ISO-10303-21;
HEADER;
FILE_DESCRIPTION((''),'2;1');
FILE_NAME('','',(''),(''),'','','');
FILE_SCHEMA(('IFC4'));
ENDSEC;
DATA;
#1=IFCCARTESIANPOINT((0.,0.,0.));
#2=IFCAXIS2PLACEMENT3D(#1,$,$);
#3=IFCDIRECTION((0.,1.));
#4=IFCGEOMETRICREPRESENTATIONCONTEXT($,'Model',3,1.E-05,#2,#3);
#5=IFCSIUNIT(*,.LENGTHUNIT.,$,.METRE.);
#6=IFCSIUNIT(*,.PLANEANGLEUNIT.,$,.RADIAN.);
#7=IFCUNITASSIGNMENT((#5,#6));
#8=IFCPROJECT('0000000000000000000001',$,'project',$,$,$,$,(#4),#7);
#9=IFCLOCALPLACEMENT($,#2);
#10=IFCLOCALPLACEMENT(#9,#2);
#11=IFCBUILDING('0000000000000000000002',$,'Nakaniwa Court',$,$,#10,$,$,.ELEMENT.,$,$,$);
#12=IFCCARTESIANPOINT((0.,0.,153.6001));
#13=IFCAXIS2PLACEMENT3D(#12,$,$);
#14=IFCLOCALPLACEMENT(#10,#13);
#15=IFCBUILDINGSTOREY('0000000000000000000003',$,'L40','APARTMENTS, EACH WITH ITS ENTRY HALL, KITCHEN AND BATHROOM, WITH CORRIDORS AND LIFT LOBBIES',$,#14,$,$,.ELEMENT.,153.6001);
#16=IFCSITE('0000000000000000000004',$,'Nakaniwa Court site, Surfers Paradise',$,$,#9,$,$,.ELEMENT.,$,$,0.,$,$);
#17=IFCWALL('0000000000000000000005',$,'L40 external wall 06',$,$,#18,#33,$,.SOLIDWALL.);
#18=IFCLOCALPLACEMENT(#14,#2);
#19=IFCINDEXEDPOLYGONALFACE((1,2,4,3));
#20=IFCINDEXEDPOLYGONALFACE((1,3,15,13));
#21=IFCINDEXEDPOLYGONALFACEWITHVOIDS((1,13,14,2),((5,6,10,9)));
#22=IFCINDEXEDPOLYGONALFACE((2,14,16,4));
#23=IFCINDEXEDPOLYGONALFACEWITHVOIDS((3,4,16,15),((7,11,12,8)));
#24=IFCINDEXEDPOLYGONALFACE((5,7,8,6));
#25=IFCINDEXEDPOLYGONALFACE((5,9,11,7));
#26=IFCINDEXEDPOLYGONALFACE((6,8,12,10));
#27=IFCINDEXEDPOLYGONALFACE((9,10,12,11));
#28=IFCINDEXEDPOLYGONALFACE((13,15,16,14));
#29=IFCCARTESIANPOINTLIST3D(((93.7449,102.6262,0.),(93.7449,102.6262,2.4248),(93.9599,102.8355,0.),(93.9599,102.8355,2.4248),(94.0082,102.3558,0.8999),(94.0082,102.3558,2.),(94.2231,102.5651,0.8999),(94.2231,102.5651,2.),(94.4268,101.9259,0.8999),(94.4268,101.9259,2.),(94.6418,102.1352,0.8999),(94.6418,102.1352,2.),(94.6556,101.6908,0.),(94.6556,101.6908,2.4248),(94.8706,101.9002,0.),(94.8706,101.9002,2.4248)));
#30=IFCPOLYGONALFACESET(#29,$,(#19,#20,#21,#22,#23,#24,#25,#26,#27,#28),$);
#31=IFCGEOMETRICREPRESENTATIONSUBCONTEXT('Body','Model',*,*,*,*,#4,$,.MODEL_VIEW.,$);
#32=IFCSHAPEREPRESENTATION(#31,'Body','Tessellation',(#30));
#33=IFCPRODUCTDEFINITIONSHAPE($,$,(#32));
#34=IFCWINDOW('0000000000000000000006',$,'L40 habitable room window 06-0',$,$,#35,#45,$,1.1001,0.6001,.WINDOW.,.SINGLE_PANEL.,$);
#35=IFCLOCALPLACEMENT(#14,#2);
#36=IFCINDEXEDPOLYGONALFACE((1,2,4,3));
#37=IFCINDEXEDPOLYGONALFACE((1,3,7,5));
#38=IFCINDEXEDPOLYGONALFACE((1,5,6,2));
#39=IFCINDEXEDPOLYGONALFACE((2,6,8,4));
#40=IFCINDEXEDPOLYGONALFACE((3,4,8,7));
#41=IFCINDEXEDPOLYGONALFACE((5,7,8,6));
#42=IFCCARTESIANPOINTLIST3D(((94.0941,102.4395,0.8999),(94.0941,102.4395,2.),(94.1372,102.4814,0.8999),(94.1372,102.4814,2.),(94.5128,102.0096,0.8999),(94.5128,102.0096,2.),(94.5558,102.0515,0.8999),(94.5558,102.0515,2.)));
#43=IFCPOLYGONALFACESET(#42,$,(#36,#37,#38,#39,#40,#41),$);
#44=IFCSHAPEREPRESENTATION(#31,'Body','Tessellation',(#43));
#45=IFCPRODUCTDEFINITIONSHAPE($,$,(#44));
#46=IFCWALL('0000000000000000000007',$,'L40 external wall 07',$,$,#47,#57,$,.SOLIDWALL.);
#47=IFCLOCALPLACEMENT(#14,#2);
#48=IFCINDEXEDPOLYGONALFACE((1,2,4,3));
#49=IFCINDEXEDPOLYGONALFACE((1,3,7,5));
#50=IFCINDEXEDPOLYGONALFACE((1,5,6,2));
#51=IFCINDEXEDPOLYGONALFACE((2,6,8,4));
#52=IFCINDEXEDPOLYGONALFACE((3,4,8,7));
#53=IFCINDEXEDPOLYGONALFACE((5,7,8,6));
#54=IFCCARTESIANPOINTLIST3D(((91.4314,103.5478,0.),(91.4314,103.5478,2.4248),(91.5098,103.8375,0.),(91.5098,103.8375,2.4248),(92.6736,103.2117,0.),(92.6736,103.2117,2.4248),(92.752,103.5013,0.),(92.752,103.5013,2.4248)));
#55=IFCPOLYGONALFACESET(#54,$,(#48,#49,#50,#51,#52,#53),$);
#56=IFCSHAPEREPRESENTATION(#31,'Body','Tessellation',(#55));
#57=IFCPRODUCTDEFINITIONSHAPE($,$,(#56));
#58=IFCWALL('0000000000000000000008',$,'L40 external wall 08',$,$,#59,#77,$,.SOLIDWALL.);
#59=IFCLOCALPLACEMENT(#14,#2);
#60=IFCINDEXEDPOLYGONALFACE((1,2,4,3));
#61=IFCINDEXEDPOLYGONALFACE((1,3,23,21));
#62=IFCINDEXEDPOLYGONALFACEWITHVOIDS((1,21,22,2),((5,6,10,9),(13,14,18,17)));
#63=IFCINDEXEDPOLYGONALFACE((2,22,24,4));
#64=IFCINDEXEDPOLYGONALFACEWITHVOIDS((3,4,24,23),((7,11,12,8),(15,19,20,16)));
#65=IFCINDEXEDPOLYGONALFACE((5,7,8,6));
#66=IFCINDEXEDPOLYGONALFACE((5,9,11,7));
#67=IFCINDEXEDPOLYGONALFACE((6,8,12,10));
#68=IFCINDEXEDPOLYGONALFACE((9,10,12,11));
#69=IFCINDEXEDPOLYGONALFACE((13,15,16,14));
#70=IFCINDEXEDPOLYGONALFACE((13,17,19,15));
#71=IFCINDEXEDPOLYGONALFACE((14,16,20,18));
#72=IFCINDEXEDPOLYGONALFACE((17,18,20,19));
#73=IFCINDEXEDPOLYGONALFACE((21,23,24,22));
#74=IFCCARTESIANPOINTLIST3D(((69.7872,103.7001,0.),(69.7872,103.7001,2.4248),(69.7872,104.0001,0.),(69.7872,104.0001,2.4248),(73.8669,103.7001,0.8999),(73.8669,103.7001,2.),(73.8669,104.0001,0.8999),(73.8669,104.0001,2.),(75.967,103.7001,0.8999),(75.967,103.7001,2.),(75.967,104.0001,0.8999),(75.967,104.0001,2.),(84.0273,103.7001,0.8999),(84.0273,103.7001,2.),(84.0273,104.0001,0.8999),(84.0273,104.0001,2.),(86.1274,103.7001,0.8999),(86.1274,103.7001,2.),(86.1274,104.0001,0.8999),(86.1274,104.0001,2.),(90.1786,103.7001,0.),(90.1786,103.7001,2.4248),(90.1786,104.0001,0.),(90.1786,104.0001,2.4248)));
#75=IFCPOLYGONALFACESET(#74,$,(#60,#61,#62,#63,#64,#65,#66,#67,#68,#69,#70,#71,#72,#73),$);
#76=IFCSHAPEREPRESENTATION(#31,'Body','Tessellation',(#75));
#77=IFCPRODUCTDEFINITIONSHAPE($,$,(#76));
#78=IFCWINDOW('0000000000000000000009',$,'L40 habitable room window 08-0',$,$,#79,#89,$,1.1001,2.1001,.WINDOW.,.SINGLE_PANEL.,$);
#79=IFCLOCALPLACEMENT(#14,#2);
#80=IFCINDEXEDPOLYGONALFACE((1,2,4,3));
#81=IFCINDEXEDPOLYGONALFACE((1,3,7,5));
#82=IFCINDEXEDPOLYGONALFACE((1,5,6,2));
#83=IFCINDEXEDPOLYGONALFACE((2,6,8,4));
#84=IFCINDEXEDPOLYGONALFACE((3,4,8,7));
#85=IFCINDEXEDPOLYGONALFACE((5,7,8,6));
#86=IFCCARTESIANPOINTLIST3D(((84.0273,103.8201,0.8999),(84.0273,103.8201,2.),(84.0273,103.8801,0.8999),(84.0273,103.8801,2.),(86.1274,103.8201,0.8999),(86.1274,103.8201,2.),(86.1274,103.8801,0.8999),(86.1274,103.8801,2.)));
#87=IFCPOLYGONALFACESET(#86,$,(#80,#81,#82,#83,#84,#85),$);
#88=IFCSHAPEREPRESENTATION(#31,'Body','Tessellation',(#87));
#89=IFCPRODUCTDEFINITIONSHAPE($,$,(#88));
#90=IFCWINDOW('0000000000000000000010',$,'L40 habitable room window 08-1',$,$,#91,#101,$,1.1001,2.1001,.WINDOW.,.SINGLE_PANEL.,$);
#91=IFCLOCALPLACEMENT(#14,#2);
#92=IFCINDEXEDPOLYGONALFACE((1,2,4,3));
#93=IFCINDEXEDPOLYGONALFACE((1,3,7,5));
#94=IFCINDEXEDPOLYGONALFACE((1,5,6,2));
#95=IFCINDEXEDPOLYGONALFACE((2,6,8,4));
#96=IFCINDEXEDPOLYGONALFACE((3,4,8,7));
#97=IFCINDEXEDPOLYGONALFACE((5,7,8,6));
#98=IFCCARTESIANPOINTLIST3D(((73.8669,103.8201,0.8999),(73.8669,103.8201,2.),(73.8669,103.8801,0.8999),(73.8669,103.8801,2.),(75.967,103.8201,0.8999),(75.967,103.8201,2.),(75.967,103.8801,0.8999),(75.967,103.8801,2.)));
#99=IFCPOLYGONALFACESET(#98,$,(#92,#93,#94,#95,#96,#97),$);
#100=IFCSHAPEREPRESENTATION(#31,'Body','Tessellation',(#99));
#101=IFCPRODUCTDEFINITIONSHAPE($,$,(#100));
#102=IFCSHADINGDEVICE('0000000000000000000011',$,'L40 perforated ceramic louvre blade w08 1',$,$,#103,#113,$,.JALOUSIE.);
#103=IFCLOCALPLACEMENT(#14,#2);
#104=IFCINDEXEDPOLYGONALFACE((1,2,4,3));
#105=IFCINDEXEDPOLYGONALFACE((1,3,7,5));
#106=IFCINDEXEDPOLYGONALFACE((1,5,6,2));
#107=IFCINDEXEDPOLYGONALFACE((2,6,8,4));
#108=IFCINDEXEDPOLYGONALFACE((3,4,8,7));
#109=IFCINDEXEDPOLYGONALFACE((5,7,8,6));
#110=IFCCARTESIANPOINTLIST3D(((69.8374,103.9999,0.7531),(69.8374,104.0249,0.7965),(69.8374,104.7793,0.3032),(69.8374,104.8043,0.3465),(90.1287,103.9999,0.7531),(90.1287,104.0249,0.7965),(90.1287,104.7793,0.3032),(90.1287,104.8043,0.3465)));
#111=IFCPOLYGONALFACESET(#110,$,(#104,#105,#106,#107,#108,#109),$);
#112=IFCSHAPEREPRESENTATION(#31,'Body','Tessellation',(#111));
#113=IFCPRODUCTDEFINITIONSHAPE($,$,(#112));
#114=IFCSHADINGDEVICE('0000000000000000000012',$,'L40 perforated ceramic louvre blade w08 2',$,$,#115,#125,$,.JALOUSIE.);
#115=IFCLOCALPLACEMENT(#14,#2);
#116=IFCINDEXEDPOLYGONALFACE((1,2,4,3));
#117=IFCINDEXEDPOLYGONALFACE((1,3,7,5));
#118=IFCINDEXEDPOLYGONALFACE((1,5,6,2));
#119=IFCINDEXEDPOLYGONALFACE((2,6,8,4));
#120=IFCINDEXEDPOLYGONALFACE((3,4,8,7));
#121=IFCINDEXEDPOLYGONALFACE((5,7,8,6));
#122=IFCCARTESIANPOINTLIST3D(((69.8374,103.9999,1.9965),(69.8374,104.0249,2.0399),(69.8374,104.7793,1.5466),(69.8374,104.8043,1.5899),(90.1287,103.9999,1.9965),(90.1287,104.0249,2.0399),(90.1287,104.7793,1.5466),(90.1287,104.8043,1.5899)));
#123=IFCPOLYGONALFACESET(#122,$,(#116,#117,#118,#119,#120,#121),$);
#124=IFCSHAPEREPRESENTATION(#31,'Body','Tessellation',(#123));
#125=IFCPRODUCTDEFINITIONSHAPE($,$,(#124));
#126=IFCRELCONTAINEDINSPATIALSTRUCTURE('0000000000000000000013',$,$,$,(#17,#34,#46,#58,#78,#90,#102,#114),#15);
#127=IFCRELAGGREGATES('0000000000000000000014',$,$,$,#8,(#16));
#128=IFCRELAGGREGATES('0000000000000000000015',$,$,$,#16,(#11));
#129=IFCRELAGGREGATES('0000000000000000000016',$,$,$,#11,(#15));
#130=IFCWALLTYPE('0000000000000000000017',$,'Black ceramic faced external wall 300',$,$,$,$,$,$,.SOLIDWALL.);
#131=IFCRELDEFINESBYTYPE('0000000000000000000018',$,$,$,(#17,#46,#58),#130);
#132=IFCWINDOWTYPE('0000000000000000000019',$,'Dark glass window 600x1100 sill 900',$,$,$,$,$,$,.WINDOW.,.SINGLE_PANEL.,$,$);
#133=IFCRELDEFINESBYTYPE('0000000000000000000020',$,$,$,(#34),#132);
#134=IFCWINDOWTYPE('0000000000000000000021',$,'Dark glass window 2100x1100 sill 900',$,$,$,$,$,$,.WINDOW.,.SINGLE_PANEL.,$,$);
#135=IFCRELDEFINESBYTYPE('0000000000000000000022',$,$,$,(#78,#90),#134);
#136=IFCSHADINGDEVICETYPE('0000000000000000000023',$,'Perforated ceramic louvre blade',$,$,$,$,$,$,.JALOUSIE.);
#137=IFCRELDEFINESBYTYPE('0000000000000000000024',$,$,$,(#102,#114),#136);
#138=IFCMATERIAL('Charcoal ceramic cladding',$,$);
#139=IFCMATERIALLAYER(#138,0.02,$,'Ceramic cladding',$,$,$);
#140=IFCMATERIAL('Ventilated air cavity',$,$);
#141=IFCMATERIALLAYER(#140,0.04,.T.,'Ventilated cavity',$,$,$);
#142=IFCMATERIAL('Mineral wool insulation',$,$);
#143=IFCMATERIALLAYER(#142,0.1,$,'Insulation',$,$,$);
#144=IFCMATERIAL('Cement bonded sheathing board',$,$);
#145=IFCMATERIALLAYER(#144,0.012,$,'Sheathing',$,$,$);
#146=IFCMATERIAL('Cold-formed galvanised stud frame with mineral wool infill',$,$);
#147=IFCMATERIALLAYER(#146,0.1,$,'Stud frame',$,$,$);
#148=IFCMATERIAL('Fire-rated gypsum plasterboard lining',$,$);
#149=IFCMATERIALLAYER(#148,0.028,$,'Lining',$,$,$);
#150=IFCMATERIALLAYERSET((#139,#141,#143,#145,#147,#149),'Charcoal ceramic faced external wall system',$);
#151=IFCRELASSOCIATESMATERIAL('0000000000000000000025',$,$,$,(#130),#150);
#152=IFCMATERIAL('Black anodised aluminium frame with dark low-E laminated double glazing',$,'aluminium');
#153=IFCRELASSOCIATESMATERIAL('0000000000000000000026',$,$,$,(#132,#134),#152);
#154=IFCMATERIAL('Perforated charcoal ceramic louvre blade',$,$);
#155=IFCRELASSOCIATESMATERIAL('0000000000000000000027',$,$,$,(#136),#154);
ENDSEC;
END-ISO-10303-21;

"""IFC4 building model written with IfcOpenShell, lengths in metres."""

from ifc_helpers import new_model, si_unit, direction, frame, frame_2d, origin, origin_2d, place, context, subcontext, project, spatial, rectangle, extrude, material, layer, layer_set, material_profile, profile_set, type_object, element, fill, save


model = new_model("IFC4")

# Units and contexts
model_context = context("Model", 3, precision=1e-05, world=origin(), true_north=direction((0.0, 1.0)))
body_context = subcontext(model_context, "Body", "Model", "MODEL_VIEW")
ifc_project = project(units=[si_unit("LENGTHUNIT", "METRE"), si_unit("PLANEANGLEUNIT", "RADIAN")], contexts=[model_context])

# Site, building, storey
site_placement = place(None, origin())
site = spatial("IfcSite", under=ifc_project, at=site_placement, Name="Nakaniwa Court site, Surfers Paradise", CompositionType="ELEMENT", RefElevation=0.0)
building_placement = place(site_placement, origin())
building = spatial("IfcBuilding", under=site, at=building_placement, Name="Nakaniwa Court", CompositionType="ELEMENT")
storey_placement = place(building_placement, frame((0.0, 0.0, 153.6001)))
storey = spatial("IfcBuildingStorey", under=building, at=storey_placement, Name="L40", Description="APARTMENTS, EACH WITH ITS ENTRY HALL, KITCHEN AND BATHROOM, WITH CORRIDORS AND LIFT LOBBIES", CompositionType="ELEMENT", Elevation=153.6001)

# Wall, opening, window
ifc_material_1 = material(Name="Charcoal ceramic cladding")
ifc_layer_1 = layer(ifc_material_1, 0.02, Name="Ceramic cladding")
ifc_material_2 = material(Name="Ventilated air cavity")
ifc_layer_2 = layer(ifc_material_2, 0.04, ventilated=True, Name="Ventilated cavity")
ifc_material_3 = material(Name="Mineral wool insulation")
ifc_layer_3 = layer(ifc_material_3, 0.1, Name="Insulation")
ifc_material_4 = material(Name="Cement bonded sheathing board")
ifc_layer_4 = layer(ifc_material_4, 0.012, Name="Sheathing")
ifc_material_5 = material(Name="Cold-formed galvanised stud frame with mineral wool infill")
ifc_layer_5 = layer(ifc_material_5, 0.1, Name="Stud frame")
ifc_material_6 = material(Name="Fire-rated gypsum plasterboard lining")
ifc_layer_6 = layer(ifc_material_6, 0.028, Name="Lining")
ifc_layer_set_1 = layer_set([ifc_layer_1, ifc_layer_2, ifc_layer_3, ifc_layer_4, ifc_layer_5, ifc_layer_6], Name="Charcoal ceramic faced external wall system")
wall_type_1 = type_object("IfcWallType", Name="Black ceramic faced external wall 300", PredefinedType="SOLIDWALL", material=ifc_layer_set_1)
wall_1_placement = place(storey_placement, frame((94.7632, 101.7954, 0.0), z_axis=(0.0, 0.0, 1.0), x_axis=(-0.697599, 0.716488, 0.0)))
wall_1 = element("IfcWall", 1, at=wall_1_placement, inside=storey, type_object=wall_type_1, Name="L40 external wall 06", PredefinedType="SOLIDWALL", context=body_context, shape_type="SweptSolid", body=[
    extrude(rectangle(XDim=1.3054, YDim=0.3, at=frame_2d((0.6528, 0.0))), origin(), (0.0, 0.0, 1.0), 2.4248),
])
opening_1_placement = place(wall_1_placement, frame((0.3281, 0.0, 0.8999)))
opening_1 = element("IfcOpeningElement", 2, at=opening_1_placement, cuts=wall_1, PredefinedType="OPENING", context=body_context, shape_type="SweptSolid", body=[
    extrude(rectangle(XDim=0.6001, YDim=1.1001, at=frame_2d((0.3, 0.55))), frame((0.0, 0.1599, 0.0), z_axis=(0.0, -1.0, 0.0), x_axis=(1.0, 0.0, 0.0)), (0.0, 0.0, 1.0), 0.3201),
])
ifc_material_7 = material(Name="Black anodised aluminium frame with dark low-E laminated double glazing", Category="aluminium")
window_type_1 = type_object("IfcWindowType", Name="Dark glass window 600x1100 sill 900", PartitioningType="SINGLE_PANEL", PredefinedType="WINDOW", material=ifc_material_7)
window_1_placement = place(opening_1_placement, origin())
window_1 = element("IfcWindow", 3, at=window_1_placement, inside=storey, type_object=window_type_1, Name="L40 habitable room window 06-0", OverallHeight=1.1001, OverallWidth=0.6001, PartitioningType="SINGLE_PANEL", PredefinedType="WINDOW", context=body_context, shape_type="SweptSolid", body=[
    extrude(rectangle(XDim=0.6001, YDim=1.1001, at=frame_2d((0.3, 0.55))), frame((0.0, 0.03, 0.0), z_axis=(0.0, -1.0, 0.0), x_axis=(1.0, 0.0, 0.0)), (0.0, 0.0, 1.0), 0.0601),
])
fill(opening_1, window_1)

# Wall
wall_2_placement = place(storey_placement, frame((92.7129, 103.3564, 0.0), z_axis=(0.0, 0.0, 1.0), x_axis=(-0.965274, 0.261239, 0.0)))
element("IfcWall", 4, at=wall_2_placement, inside=storey, type_object=wall_type_1, Name="L40 external wall 07", PredefinedType="SOLIDWALL", context=body_context, shape_type="SweptSolid", body=[
    extrude(rectangle(XDim=1.2869, YDim=0.3, at=frame_2d((0.6436, 0.0))), origin(), (0.0, 0.0, 1.0), 2.4248),
])

# Wall, openings, windows
wall_3_placement = place(storey_placement, frame((90.1787, 103.8501, 0.0), z_axis=(0.0, 0.0, 1.0), x_axis=(-1.0, 0.0, 0.0)))
wall_3 = element("IfcWall", 5, at=wall_3_placement, inside=storey, type_object=wall_type_1, Name="L40 external wall 08", PredefinedType="SOLIDWALL", context=body_context, shape_type="SweptSolid", body=[
    extrude(rectangle(XDim=20.3914, YDim=0.3, at=frame_2d((10.1958, 0.0))), origin(), (0.0, 0.0, 1.0), 2.4248),
])
opening_2_placement = place(wall_3_placement, frame((4.0513, 0.0, 0.8999)))
opening_2 = element("IfcOpeningElement", 6, at=opening_2_placement, cuts=wall_3, PredefinedType="OPENING", context=body_context, shape_type="SweptSolid", body=[
    extrude(rectangle(XDim=2.1001, YDim=1.1001, at=frame_2d((1.05, 0.55))), frame((0.0, 0.1599, 0.0), z_axis=(0.0, -1.0, 0.0), x_axis=(1.0, 0.0, 0.0)), (0.0, 0.0, 1.0), 0.3201),
])
opening_3_placement = place(wall_3_placement, frame((14.2117, 0.0, 0.8999)))
opening_3 = element("IfcOpeningElement", 7, at=opening_3_placement, cuts=wall_3, PredefinedType="OPENING", context=body_context, shape_type="SweptSolid", body=[
    extrude(rectangle(XDim=2.1001, YDim=1.1001, at=frame_2d((1.05, 0.55))), frame((0.0, 0.1599, 0.0), z_axis=(0.0, -1.0, 0.0), x_axis=(1.0, 0.0, 0.0)), (0.0, 0.0, 1.0), 0.3201),
])
window_type_2 = type_object("IfcWindowType", Name="Dark glass window 2100x1100 sill 900", PartitioningType="SINGLE_PANEL", PredefinedType="WINDOW", material=ifc_material_7)
window_2_placement = place(opening_2_placement, origin())
window_2 = element("IfcWindow", 8, at=window_2_placement, inside=storey, type_object=window_type_2, Name="L40 habitable room window 08-0", OverallHeight=1.1001, OverallWidth=2.1001, PartitioningType="SINGLE_PANEL", PredefinedType="WINDOW", context=body_context, shape_type="SweptSolid", body=[
    extrude(rectangle(XDim=2.1001, YDim=1.1001, at=frame_2d((1.05, 0.55))), frame((0.0, 0.03, 0.0), z_axis=(0.0, -1.0, 0.0), x_axis=(1.0, 0.0, 0.0)), (0.0, 0.0, 1.0), 0.0601),
])
fill(opening_2, window_2)
window_3_placement = place(opening_3_placement, origin())
window_3 = element("IfcWindow", 9, at=window_3_placement, inside=storey, type_object=window_type_2, Name="L40 habitable room window 08-1", OverallHeight=1.1001, OverallWidth=2.1001, PartitioningType="SINGLE_PANEL", PredefinedType="WINDOW", context=body_context, shape_type="SweptSolid", body=[
    extrude(rectangle(XDim=2.1001, YDim=1.1001, at=frame_2d((1.05, 0.55))), frame((0.0, 0.03, 0.0), z_axis=(0.0, -1.0, 0.0), x_axis=(1.0, 0.0, 0.0)), (0.0, 0.0, 1.0), 0.0601),
])
fill(opening_3, window_3)

# Shading devices
ifc_material_8 = material(Name="Perforated charcoal ceramic louvre blade")
ifc_material_profile_1 = material_profile(ifc_material_8, rectangle(XDim=0.8999, YDim=0.05, at=origin_2d()), Name="Perforated ceramic louvre blade")
ifc_profile_set_1 = profile_set([ifc_material_profile_1], Name="Perforated charcoal ceramic louvre blade")
shading_device_type = type_object("IfcShadingDeviceType", Name="Perforated ceramic louvre blade", PredefinedType="JALOUSIE", material=ifc_profile_set_1)
for number, where, z_axis, x_axis, name in (
    (10, (90.1287, 104.4021, 0.5498), (-1.0, 0.0, 0.0), (0.0, -0.866025, 0.5), "L40 perforated ceramic louvre blade w08 1"),
    (11, (90.1287, 104.4021, 1.7932), (-1.0, 0.0, 0.0), (0.0, -0.866025, 0.5), "L40 perforated ceramic louvre blade w08 2"),
):
    element("IfcShadingDevice", number, at=place(storey_placement, frame(where, z_axis=z_axis, x_axis=x_axis)), inside=storey, type_object=shading_device_type, Name=name, PredefinedType="JALOUSIE", context=body_context, shape_type="SweptSolid", body=[
        extrude(rectangle(XDim=0.8999, YDim=0.05, at=origin_2d()), origin(), (0.0, 0.0, 1.0), 20.2913),
    ])

save(model, "model.ifc")
